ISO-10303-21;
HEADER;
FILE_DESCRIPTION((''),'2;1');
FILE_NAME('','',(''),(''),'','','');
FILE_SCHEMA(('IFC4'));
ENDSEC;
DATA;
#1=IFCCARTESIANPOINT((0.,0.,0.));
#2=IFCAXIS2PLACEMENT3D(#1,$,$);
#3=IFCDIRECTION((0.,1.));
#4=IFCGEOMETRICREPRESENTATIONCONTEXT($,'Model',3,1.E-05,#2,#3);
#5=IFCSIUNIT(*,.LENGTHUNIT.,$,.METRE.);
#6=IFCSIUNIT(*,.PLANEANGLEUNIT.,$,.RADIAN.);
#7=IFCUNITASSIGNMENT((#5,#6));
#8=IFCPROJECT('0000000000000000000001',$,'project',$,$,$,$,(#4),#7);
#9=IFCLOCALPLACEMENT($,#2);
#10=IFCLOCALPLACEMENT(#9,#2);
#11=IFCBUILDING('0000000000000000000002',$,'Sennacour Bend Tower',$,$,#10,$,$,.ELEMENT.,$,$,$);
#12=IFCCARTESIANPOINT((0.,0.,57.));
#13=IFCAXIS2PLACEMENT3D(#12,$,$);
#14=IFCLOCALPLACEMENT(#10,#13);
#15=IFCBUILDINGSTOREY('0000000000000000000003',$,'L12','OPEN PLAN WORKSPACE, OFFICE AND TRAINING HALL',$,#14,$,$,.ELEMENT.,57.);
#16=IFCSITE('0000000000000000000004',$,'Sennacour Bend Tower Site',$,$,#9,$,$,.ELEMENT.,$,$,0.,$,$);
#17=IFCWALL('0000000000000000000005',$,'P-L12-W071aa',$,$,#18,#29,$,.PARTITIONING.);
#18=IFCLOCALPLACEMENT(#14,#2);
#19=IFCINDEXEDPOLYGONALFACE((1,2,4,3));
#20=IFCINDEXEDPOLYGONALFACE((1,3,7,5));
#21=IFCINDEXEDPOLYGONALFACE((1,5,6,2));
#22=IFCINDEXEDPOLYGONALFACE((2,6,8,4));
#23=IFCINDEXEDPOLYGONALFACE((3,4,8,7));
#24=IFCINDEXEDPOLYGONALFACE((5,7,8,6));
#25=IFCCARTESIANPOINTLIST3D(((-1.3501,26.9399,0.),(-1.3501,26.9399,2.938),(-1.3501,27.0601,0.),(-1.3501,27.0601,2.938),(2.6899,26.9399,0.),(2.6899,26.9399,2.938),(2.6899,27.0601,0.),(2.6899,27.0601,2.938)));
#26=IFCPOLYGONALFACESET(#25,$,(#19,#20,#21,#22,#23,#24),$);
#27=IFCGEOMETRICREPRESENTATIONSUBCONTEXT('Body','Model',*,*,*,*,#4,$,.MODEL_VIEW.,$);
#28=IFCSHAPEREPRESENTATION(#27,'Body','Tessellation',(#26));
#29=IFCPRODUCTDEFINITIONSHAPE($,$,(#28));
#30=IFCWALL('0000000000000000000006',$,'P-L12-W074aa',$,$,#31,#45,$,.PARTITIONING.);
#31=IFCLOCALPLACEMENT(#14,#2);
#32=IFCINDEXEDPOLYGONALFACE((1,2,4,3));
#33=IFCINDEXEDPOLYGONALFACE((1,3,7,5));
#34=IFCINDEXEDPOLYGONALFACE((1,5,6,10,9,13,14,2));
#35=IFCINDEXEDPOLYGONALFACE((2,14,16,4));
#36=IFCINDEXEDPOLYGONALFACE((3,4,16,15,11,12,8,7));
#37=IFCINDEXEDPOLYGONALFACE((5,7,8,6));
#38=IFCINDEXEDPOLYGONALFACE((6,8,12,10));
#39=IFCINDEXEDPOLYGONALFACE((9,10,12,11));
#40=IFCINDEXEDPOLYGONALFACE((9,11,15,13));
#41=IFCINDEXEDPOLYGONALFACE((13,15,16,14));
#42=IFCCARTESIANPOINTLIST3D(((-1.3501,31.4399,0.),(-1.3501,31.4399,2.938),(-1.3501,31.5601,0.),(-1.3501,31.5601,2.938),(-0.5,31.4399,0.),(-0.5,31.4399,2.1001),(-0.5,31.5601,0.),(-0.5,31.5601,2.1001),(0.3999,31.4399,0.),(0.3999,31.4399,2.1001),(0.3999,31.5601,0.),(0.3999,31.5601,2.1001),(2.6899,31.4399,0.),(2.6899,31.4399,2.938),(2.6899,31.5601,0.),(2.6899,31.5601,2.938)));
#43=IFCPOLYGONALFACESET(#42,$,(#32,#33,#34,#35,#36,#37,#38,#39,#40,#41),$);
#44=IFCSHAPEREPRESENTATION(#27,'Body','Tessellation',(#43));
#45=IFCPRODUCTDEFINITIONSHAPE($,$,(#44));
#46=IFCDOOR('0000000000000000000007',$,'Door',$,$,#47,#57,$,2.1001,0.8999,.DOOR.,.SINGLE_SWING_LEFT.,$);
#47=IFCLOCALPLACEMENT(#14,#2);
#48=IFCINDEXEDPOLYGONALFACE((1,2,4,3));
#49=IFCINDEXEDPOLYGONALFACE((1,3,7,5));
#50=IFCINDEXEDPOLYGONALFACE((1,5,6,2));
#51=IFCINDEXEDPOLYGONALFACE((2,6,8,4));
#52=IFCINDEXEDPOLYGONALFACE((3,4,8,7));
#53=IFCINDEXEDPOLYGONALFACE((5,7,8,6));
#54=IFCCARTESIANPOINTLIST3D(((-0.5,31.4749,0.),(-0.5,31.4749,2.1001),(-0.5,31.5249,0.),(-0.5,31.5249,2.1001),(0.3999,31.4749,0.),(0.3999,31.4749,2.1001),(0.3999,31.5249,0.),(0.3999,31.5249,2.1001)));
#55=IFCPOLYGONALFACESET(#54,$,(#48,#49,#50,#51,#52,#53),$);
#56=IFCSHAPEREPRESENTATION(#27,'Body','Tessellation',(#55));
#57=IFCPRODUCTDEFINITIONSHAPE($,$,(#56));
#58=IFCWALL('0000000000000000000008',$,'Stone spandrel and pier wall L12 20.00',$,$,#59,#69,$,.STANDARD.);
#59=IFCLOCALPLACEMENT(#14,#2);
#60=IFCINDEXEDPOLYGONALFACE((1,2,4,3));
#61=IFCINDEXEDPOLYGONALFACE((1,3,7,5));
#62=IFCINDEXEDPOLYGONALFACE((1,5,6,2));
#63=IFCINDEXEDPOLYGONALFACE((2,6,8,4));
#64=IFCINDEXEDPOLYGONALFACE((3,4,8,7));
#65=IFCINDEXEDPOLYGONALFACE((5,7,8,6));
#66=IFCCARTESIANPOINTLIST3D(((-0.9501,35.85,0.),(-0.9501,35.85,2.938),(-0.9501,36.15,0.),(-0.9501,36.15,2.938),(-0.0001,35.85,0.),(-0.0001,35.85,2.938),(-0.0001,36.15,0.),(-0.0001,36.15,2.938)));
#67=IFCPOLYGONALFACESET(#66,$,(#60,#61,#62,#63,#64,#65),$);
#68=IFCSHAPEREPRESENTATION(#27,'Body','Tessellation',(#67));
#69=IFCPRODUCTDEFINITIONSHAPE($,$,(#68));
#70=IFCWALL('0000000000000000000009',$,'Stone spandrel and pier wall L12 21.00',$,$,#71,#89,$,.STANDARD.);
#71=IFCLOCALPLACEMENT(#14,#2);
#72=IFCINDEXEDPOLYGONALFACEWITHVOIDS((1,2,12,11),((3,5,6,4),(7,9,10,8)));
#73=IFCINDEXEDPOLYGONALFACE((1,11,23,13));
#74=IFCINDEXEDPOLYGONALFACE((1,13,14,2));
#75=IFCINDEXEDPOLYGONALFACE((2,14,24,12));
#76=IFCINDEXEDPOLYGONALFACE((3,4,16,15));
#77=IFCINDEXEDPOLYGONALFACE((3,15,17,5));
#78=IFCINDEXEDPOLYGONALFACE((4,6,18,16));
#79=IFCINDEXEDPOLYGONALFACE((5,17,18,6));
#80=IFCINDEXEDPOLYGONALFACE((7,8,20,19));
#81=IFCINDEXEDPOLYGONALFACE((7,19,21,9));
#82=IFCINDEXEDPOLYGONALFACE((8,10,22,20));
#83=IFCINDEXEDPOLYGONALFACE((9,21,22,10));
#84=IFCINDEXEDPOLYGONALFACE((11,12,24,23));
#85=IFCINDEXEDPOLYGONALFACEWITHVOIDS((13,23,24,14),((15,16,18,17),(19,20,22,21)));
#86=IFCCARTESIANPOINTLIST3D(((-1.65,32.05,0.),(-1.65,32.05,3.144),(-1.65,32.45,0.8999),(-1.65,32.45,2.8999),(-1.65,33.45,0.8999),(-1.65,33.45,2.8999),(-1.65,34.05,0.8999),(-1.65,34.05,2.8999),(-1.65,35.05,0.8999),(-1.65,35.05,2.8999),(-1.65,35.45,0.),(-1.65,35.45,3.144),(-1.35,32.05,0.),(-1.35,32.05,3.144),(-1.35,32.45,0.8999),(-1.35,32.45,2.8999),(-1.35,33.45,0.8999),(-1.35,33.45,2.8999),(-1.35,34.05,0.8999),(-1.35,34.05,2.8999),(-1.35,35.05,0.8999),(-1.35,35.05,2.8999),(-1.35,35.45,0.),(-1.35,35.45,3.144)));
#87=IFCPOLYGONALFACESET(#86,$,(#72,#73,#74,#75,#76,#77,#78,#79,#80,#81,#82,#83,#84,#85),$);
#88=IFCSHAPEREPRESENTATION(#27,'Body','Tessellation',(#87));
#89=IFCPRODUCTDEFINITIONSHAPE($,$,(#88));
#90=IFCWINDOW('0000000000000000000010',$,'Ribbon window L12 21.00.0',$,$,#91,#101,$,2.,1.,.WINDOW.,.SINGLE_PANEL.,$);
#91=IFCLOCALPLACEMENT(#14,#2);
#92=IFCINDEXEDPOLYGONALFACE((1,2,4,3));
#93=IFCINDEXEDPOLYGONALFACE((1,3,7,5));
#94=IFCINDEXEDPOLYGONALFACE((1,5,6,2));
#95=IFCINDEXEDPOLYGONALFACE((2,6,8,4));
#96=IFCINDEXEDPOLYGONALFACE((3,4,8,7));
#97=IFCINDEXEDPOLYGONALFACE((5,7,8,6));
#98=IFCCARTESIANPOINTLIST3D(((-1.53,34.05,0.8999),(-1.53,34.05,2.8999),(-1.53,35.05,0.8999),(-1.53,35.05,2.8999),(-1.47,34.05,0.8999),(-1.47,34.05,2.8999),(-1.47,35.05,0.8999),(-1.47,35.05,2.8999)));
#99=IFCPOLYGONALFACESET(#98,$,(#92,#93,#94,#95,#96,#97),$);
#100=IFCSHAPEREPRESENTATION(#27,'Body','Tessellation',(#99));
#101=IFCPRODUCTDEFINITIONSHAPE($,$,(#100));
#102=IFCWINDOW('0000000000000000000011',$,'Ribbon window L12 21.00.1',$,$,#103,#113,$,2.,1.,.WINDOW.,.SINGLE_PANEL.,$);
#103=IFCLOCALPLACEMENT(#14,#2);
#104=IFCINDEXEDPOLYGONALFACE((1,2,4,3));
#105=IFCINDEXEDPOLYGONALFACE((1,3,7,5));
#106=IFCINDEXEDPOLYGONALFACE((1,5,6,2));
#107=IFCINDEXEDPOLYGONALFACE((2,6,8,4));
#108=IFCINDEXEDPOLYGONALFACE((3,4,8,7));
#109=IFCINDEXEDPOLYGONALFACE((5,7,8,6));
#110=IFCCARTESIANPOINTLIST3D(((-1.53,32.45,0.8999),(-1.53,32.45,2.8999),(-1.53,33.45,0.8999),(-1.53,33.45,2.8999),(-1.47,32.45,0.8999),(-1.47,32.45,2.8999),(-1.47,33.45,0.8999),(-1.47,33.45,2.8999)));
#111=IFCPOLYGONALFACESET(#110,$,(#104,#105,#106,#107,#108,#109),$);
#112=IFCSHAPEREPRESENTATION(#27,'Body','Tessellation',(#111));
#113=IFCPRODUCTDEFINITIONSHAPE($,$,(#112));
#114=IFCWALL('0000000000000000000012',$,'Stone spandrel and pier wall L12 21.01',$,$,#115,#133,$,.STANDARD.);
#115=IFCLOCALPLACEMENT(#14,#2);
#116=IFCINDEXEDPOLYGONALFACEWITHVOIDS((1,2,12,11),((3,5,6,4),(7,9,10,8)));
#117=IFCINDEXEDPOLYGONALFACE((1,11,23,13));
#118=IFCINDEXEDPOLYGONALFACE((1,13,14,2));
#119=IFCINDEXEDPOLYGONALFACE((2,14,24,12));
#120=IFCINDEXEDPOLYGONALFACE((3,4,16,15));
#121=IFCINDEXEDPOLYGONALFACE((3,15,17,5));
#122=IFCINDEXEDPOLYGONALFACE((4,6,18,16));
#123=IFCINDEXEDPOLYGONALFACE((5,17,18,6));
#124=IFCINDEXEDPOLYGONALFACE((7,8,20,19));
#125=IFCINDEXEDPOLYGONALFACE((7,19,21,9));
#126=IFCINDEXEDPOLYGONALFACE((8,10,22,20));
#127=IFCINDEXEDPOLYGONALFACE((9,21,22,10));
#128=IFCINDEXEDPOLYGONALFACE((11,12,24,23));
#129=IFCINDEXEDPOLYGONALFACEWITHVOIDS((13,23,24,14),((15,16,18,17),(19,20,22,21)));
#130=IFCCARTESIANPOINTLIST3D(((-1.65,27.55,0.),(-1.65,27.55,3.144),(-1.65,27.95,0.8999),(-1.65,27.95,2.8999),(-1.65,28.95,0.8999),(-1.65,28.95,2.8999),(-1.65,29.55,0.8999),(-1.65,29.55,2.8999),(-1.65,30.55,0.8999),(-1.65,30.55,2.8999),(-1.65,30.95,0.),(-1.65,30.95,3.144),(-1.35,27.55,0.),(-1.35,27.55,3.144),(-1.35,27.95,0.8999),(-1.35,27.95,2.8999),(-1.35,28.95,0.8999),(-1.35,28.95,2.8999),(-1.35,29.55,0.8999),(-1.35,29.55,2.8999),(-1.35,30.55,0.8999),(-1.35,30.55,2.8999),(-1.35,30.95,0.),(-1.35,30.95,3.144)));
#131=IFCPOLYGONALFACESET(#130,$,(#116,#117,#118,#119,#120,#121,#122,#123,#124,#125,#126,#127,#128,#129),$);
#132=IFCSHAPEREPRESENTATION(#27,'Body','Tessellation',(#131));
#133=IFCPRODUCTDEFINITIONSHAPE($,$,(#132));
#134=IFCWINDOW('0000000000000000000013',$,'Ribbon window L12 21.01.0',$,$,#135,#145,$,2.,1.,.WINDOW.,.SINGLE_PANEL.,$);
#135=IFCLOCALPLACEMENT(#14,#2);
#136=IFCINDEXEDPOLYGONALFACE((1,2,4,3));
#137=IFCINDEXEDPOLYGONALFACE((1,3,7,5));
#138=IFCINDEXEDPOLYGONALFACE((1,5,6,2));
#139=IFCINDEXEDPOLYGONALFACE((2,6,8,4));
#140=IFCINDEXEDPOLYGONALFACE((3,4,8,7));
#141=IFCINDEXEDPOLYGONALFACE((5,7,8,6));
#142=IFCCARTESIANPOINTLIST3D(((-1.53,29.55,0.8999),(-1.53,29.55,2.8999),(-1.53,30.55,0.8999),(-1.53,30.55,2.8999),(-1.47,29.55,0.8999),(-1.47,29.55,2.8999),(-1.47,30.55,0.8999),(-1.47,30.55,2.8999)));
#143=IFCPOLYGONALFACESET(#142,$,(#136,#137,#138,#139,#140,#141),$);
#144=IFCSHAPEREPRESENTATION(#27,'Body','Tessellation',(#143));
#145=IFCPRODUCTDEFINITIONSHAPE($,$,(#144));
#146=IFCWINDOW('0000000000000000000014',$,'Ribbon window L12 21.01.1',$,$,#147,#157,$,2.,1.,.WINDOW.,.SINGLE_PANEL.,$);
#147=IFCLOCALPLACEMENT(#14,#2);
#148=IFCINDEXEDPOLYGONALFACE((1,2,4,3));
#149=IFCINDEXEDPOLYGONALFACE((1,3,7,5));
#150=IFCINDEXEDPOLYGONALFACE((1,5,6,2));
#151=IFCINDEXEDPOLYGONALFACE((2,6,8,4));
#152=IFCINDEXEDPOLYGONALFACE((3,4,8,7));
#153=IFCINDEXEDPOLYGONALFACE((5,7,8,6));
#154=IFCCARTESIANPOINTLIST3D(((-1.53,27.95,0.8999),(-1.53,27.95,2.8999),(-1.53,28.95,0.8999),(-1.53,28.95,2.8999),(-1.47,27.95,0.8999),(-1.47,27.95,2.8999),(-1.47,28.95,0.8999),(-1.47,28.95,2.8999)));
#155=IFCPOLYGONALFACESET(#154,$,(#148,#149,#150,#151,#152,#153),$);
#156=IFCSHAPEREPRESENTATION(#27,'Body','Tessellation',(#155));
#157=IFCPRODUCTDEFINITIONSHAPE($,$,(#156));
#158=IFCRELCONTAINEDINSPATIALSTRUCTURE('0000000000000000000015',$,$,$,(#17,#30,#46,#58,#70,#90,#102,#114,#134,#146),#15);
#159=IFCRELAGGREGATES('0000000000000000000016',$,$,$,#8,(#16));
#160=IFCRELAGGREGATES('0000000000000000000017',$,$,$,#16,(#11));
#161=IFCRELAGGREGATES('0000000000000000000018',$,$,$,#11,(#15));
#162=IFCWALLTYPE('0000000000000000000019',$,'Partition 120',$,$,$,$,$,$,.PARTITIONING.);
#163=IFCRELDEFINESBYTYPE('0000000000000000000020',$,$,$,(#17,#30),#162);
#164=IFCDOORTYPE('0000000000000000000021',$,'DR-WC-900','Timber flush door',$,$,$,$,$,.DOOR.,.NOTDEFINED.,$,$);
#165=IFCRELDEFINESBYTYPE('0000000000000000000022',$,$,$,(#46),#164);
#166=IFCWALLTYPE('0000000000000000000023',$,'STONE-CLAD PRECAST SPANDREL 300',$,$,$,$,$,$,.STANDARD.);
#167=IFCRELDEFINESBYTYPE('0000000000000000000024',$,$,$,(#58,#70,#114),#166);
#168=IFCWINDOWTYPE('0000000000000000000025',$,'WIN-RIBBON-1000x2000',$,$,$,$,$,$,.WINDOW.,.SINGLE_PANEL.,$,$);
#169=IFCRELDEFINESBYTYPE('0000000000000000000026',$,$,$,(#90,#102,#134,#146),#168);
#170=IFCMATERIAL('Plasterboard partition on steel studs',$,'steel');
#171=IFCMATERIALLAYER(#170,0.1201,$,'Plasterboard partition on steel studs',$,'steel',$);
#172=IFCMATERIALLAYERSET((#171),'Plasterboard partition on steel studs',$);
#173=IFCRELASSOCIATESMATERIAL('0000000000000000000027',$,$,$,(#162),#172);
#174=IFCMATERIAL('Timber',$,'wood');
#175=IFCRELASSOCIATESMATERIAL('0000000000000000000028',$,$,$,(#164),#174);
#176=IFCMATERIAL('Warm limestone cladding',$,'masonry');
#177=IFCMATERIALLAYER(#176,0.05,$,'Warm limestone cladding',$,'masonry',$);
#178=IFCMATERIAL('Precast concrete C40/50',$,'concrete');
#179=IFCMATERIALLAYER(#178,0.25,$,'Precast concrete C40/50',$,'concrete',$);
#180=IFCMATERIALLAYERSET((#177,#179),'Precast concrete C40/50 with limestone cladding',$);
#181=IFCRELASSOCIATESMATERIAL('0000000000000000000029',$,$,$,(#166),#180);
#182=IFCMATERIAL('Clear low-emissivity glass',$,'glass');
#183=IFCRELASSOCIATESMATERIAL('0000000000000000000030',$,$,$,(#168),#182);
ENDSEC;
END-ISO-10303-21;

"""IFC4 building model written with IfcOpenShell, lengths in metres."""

from ifc_helpers import new_model, si_unit, direction, frame, frame_2d, origin, place, context, subcontext, project, spatial, rectangle, extrude, material, layer, layer_set, type_object, element, fill, save


model = new_model("IFC4")

# Units and contexts
model_context = context("Model", 3, precision=1e-05, world=origin(), true_north=direction((0.0, 1.0)))
body_context = subcontext(model_context, "Body", "Model", "MODEL_VIEW")
ifc_project = project(units=[si_unit("LENGTHUNIT", "METRE"), si_unit("PLANEANGLEUNIT", "RADIAN")], contexts=[model_context])

# Site, building, storey
site_placement = place(None, origin())
site = spatial("IfcSite", under=ifc_project, at=site_placement, Name="Sennacour Bend Tower Site", CompositionType="ELEMENT", RefElevation=0.0)
building_placement = place(site_placement, origin())
building = spatial("IfcBuilding", under=site, at=building_placement, Name="Sennacour Bend Tower", CompositionType="ELEMENT")
storey_placement = place(building_placement, frame((0.0, 0.0, 57.0)))
storey = spatial("IfcBuildingStorey", under=building, at=storey_placement, Name="L12", Description="OPEN PLAN WORKSPACE, OFFICE AND TRAINING HALL", CompositionType="ELEMENT", Elevation=57.0)

# Wall
ifc_material_1 = material(Name="Plasterboard partition on steel studs", Category="steel")
ifc_layer_1 = layer(ifc_material_1, 0.1201, Name="Plasterboard partition on steel studs", Category="steel")
ifc_layer_set_1 = layer_set([ifc_layer_1], Name="Plasterboard partition on steel studs")
wall_type_1 = type_object("IfcWallType", Name="Partition 120", PredefinedType="PARTITIONING", material=ifc_layer_set_1)
wall_1_placement = place(storey_placement, frame((-1.3501, 27.0, 0.0), z_axis=(0.0, 0.0, 1.0), x_axis=(1.0, 0.0, 0.0)))
element("IfcWall", 1, at=wall_1_placement, inside=storey, type_object=wall_type_1, Name="P-L12-W071aa", PredefinedType="PARTITIONING", context=body_context, shape_type="SweptSolid", body=[
    extrude(rectangle(XDim=4.04, YDim=0.1201, at=frame_2d((2.02, 0.0))), origin(), (0.0, 0.0, 1.0), 2.938),
])

# Wall, opening, door
wall_2_placement = place(storey_placement, frame((-1.3501, 31.5, 0.0), z_axis=(0.0, 0.0, 1.0), x_axis=(1.0, 0.0, 0.0)))
wall_2 = element("IfcWall", 2, at=wall_2_placement, inside=storey, type_object=wall_type_1, Name="P-L12-W074aa", PredefinedType="PARTITIONING", context=body_context, shape_type="SweptSolid", body=[
    extrude(rectangle(XDim=4.04, YDim=0.1201, at=frame_2d((2.02, 0.0))), origin(), (0.0, 0.0, 1.0), 2.938),
])
opening_1_placement = place(wall_2_placement, frame((0.8501, 0.0, 0.0)))
opening_1 = element("IfcOpeningElement", 3, at=opening_1_placement, cuts=wall_2, PredefinedType="OPENING", context=body_context, shape_type="SweptSolid", body=[
    extrude(rectangle(XDim=0.8999, YDim=2.1001, at=frame_2d((0.45, 1.05))), frame((0.0, 0.0701, 0.0), z_axis=(0.0, -1.0, 0.0), x_axis=(1.0, 0.0, 0.0)), (0.0, 0.0, 1.0), 0.1401),
])
ifc_material_2 = material(Name="Timber", Category="wood")
door_type = type_object("IfcDoorType", Name="DR-WC-900", Description="Timber flush door", OperationType="NOTDEFINED", PredefinedType="DOOR", material=ifc_material_2)
door_placement = place(opening_1_placement, origin())
door = element("IfcDoor", 4, at=door_placement, inside=storey, type_object=door_type, Name="Door", OperationType="SINGLE_SWING_LEFT", OverallHeight=2.1001, OverallWidth=0.8999, PredefinedType="DOOR", context=body_context, shape_type="SweptSolid", body=[
    extrude(rectangle(XDim=0.8999, YDim=2.1001, at=frame_2d((0.45, 1.05))), frame((0.0, 0.0249, 0.0), z_axis=(0.0, -1.0, 0.0), x_axis=(1.0, 0.0, 0.0)), (0.0, 0.0, 1.0), 0.05),
])
fill(opening_1, door)

# Wall
ifc_material_3 = material(Name="Warm limestone cladding", Category="masonry")
ifc_layer_2 = layer(ifc_material_3, 0.05, Name="Warm limestone cladding", Category="masonry")
ifc_material_4 = material(Name="Precast concrete C40/50", Category="concrete")
ifc_layer_3 = layer(ifc_material_4, 0.25, Name="Precast concrete C40/50", Category="concrete")
ifc_layer_set_2 = layer_set([ifc_layer_2, ifc_layer_3], Name="Precast concrete C40/50 with limestone cladding")
wall_type_2 = type_object("IfcWallType", Name="STONE-CLAD PRECAST SPANDREL 300", PredefinedType="STANDARD", material=ifc_layer_set_2)
wall_3_placement = place(storey_placement, frame((0.0, 36.0, 0.0), z_axis=(0.0, 0.0, 1.0), x_axis=(-1.0, 0.0, 0.0)))
element("IfcWall", 5, at=wall_3_placement, inside=storey, type_object=wall_type_2, Name="Stone spandrel and pier wall L12 20.00", PredefinedType="STANDARD", context=body_context, shape_type="SweptSolid", body=[
    extrude(rectangle(XDim=0.95, YDim=0.3, at=frame_2d((0.4751, 0.0))), origin(), (0.0, 0.0, 1.0), 2.938),
])

# Walls, openings, windows
wall_4_placement = place(storey_placement, frame((-1.5, 35.45, 0.0), z_axis=(0.0, 0.0, 1.0), x_axis=(0.0, -1.0, 0.0)))
wall_4 = element("IfcWall", 6, at=wall_4_placement, inside=storey, type_object=wall_type_2, Name="Stone spandrel and pier wall L12 21.00", PredefinedType="STANDARD", context=body_context, shape_type="SweptSolid", body=[
    extrude(rectangle(XDim=3.3999, YDim=0.3, at=frame_2d((1.7, 0.0))), origin(), (0.0, 0.0, 1.0), 3.144),
])
opening_2_placement = place(wall_4_placement, frame((0.3999, 0.0, 0.8999)))
opening_2 = element("IfcOpeningElement", 7, at=opening_2_placement, cuts=wall_4, PredefinedType="OPENING", context=body_context, shape_type="SweptSolid", body=[
    extrude(rectangle(XDim=1.0, YDim=2.0, at=frame_2d((0.5, 1.0))), frame((0.0, 0.1602, 0.0), z_axis=(0.0, -1.0, 0.0), x_axis=(1.0, 0.0, 0.0)), (0.0, 0.0, 1.0), 0.3201),
])
opening_3_placement = place(wall_4_placement, frame((2.0, 0.0, 0.8999)))
opening_3 = element("IfcOpeningElement", 8, at=opening_3_placement, cuts=wall_4, PredefinedType="OPENING", context=body_context, shape_type="SweptSolid", body=[
    extrude(rectangle(XDim=1.0, YDim=2.0, at=frame_2d((0.5, 1.0))), frame((0.0, 0.1602, 0.0), z_axis=(0.0, -1.0, 0.0), x_axis=(1.0, 0.0, 0.0)), (0.0, 0.0, 1.0), 0.3201),
])
ifc_material_5 = material(Name="Clear low-emissivity glass", Category="glass")
window_type = type_object("IfcWindowType", Name="WIN-RIBBON-1000x2000", PartitioningType="SINGLE_PANEL", PredefinedType="WINDOW", material=ifc_material_5)
window_1_placement = place(opening_2_placement, origin())
window_1 = element("IfcWindow", 9, at=window_1_placement, inside=storey, type_object=window_type, Name="Ribbon window L12 21.00.0", OverallHeight=2.0, OverallWidth=1.0, PartitioningType="SINGLE_PANEL", PredefinedType="WINDOW", context=body_context, shape_type="SweptSolid", body=[
    extrude(rectangle(XDim=1.0, YDim=2.0, at=frame_2d((0.5, 1.0))), frame((0.0, 0.03, 0.0), z_axis=(0.0, -1.0, 0.0), x_axis=(1.0, 0.0, 0.0)), (0.0, 0.0, 1.0), 0.0601),
])
fill(opening_2, window_1)
window_2_placement = place(opening_3_placement, origin())
window_2 = element("IfcWindow", 10, at=window_2_placement, inside=storey, type_object=window_type, Name="Ribbon window L12 21.00.1", OverallHeight=2.0, OverallWidth=1.0, PartitioningType="SINGLE_PANEL", PredefinedType="WINDOW", context=body_context, shape_type="SweptSolid", body=[
    extrude(rectangle(XDim=1.0, YDim=2.0, at=frame_2d((0.5, 1.0))), frame((0.0, 0.03, 0.0), z_axis=(0.0, -1.0, 0.0), x_axis=(1.0, 0.0, 0.0)), (0.0, 0.0, 1.0), 0.0601),
])
fill(opening_3, window_2)
wall_5_placement = place(storey_placement, frame((-1.5, 30.95, 0.0), z_axis=(0.0, 0.0, 1.0), x_axis=(0.0, -1.0, 0.0)))
wall_5 = element("IfcWall", 11, at=wall_5_placement, inside=storey, type_object=wall_type_2, Name="Stone spandrel and pier wall L12 21.01", PredefinedType="STANDARD", context=body_context, shape_type="SweptSolid", body=[
    extrude(rectangle(XDim=3.3999, YDim=0.3, at=frame_2d((1.7, 0.0))), origin(), (0.0, 0.0, 1.0), 3.144),
])
opening_4_placement = place(wall_5_placement, frame((0.3999, 0.0, 0.8999)))
opening_4 = element("IfcOpeningElement", 12, at=opening_4_placement, cuts=wall_5, PredefinedType="OPENING", context=body_context, shape_type="SweptSolid", body=[
    extrude(rectangle(XDim=1.0, YDim=2.0, at=frame_2d((0.5, 1.0))), frame((0.0, 0.1602, 0.0), z_axis=(0.0, -1.0, 0.0), x_axis=(1.0, 0.0, 0.0)), (0.0, 0.0, 1.0), 0.3201),
])
opening_5_placement = place(wall_5_placement, frame((2.0, 0.0, 0.8999)))
opening_5 = element("IfcOpeningElement", 13, at=opening_5_placement, cuts=wall_5, PredefinedType="OPENING", context=body_context, shape_type="SweptSolid", body=[
    extrude(rectangle(XDim=1.0, YDim=2.0, at=frame_2d((0.5, 1.0))), frame((0.0, 0.1602, 0.0), z_axis=(0.0, -1.0, 0.0), x_axis=(1.0, 0.0, 0.0)), (0.0, 0.0, 1.0), 0.3201),
])
window_3_placement = place(opening_4_placement, origin())
window_3 = element("IfcWindow", 14, at=window_3_placement, inside=storey, type_object=window_type, Name="Ribbon window L12 21.01.0", OverallHeight=2.0, OverallWidth=1.0, PartitioningType="SINGLE_PANEL", PredefinedType="WINDOW", context=body_context, shape_type="SweptSolid", body=[
    extrude(rectangle(XDim=1.0, YDim=2.0, at=frame_2d((0.5, 1.0))), frame((0.0, 0.03, 0.0), z_axis=(0.0, -1.0, 0.0), x_axis=(1.0, 0.0, 0.0)), (0.0, 0.0, 1.0), 0.0601),
])
fill(opening_4, window_3)
window_4_placement = place(opening_5_placement, origin())
window_4 = element("IfcWindow", 15, at=window_4_placement, inside=storey, type_object=window_type, Name="Ribbon window L12 21.01.1", OverallHeight=2.0, OverallWidth=1.0, PartitioningType="SINGLE_PANEL", PredefinedType="WINDOW", context=body_context, shape_type="SweptSolid", body=[
    extrude(rectangle(XDim=1.0, YDim=2.0, at=frame_2d((0.5, 1.0))), frame((0.0, 0.03, 0.0), z_axis=(0.0, -1.0, 0.0), x_axis=(1.0, 0.0, 0.0)), (0.0, 0.0, 1.0), 0.0601),
])
fill(opening_5, window_4)

save(model, "model.ifc")
